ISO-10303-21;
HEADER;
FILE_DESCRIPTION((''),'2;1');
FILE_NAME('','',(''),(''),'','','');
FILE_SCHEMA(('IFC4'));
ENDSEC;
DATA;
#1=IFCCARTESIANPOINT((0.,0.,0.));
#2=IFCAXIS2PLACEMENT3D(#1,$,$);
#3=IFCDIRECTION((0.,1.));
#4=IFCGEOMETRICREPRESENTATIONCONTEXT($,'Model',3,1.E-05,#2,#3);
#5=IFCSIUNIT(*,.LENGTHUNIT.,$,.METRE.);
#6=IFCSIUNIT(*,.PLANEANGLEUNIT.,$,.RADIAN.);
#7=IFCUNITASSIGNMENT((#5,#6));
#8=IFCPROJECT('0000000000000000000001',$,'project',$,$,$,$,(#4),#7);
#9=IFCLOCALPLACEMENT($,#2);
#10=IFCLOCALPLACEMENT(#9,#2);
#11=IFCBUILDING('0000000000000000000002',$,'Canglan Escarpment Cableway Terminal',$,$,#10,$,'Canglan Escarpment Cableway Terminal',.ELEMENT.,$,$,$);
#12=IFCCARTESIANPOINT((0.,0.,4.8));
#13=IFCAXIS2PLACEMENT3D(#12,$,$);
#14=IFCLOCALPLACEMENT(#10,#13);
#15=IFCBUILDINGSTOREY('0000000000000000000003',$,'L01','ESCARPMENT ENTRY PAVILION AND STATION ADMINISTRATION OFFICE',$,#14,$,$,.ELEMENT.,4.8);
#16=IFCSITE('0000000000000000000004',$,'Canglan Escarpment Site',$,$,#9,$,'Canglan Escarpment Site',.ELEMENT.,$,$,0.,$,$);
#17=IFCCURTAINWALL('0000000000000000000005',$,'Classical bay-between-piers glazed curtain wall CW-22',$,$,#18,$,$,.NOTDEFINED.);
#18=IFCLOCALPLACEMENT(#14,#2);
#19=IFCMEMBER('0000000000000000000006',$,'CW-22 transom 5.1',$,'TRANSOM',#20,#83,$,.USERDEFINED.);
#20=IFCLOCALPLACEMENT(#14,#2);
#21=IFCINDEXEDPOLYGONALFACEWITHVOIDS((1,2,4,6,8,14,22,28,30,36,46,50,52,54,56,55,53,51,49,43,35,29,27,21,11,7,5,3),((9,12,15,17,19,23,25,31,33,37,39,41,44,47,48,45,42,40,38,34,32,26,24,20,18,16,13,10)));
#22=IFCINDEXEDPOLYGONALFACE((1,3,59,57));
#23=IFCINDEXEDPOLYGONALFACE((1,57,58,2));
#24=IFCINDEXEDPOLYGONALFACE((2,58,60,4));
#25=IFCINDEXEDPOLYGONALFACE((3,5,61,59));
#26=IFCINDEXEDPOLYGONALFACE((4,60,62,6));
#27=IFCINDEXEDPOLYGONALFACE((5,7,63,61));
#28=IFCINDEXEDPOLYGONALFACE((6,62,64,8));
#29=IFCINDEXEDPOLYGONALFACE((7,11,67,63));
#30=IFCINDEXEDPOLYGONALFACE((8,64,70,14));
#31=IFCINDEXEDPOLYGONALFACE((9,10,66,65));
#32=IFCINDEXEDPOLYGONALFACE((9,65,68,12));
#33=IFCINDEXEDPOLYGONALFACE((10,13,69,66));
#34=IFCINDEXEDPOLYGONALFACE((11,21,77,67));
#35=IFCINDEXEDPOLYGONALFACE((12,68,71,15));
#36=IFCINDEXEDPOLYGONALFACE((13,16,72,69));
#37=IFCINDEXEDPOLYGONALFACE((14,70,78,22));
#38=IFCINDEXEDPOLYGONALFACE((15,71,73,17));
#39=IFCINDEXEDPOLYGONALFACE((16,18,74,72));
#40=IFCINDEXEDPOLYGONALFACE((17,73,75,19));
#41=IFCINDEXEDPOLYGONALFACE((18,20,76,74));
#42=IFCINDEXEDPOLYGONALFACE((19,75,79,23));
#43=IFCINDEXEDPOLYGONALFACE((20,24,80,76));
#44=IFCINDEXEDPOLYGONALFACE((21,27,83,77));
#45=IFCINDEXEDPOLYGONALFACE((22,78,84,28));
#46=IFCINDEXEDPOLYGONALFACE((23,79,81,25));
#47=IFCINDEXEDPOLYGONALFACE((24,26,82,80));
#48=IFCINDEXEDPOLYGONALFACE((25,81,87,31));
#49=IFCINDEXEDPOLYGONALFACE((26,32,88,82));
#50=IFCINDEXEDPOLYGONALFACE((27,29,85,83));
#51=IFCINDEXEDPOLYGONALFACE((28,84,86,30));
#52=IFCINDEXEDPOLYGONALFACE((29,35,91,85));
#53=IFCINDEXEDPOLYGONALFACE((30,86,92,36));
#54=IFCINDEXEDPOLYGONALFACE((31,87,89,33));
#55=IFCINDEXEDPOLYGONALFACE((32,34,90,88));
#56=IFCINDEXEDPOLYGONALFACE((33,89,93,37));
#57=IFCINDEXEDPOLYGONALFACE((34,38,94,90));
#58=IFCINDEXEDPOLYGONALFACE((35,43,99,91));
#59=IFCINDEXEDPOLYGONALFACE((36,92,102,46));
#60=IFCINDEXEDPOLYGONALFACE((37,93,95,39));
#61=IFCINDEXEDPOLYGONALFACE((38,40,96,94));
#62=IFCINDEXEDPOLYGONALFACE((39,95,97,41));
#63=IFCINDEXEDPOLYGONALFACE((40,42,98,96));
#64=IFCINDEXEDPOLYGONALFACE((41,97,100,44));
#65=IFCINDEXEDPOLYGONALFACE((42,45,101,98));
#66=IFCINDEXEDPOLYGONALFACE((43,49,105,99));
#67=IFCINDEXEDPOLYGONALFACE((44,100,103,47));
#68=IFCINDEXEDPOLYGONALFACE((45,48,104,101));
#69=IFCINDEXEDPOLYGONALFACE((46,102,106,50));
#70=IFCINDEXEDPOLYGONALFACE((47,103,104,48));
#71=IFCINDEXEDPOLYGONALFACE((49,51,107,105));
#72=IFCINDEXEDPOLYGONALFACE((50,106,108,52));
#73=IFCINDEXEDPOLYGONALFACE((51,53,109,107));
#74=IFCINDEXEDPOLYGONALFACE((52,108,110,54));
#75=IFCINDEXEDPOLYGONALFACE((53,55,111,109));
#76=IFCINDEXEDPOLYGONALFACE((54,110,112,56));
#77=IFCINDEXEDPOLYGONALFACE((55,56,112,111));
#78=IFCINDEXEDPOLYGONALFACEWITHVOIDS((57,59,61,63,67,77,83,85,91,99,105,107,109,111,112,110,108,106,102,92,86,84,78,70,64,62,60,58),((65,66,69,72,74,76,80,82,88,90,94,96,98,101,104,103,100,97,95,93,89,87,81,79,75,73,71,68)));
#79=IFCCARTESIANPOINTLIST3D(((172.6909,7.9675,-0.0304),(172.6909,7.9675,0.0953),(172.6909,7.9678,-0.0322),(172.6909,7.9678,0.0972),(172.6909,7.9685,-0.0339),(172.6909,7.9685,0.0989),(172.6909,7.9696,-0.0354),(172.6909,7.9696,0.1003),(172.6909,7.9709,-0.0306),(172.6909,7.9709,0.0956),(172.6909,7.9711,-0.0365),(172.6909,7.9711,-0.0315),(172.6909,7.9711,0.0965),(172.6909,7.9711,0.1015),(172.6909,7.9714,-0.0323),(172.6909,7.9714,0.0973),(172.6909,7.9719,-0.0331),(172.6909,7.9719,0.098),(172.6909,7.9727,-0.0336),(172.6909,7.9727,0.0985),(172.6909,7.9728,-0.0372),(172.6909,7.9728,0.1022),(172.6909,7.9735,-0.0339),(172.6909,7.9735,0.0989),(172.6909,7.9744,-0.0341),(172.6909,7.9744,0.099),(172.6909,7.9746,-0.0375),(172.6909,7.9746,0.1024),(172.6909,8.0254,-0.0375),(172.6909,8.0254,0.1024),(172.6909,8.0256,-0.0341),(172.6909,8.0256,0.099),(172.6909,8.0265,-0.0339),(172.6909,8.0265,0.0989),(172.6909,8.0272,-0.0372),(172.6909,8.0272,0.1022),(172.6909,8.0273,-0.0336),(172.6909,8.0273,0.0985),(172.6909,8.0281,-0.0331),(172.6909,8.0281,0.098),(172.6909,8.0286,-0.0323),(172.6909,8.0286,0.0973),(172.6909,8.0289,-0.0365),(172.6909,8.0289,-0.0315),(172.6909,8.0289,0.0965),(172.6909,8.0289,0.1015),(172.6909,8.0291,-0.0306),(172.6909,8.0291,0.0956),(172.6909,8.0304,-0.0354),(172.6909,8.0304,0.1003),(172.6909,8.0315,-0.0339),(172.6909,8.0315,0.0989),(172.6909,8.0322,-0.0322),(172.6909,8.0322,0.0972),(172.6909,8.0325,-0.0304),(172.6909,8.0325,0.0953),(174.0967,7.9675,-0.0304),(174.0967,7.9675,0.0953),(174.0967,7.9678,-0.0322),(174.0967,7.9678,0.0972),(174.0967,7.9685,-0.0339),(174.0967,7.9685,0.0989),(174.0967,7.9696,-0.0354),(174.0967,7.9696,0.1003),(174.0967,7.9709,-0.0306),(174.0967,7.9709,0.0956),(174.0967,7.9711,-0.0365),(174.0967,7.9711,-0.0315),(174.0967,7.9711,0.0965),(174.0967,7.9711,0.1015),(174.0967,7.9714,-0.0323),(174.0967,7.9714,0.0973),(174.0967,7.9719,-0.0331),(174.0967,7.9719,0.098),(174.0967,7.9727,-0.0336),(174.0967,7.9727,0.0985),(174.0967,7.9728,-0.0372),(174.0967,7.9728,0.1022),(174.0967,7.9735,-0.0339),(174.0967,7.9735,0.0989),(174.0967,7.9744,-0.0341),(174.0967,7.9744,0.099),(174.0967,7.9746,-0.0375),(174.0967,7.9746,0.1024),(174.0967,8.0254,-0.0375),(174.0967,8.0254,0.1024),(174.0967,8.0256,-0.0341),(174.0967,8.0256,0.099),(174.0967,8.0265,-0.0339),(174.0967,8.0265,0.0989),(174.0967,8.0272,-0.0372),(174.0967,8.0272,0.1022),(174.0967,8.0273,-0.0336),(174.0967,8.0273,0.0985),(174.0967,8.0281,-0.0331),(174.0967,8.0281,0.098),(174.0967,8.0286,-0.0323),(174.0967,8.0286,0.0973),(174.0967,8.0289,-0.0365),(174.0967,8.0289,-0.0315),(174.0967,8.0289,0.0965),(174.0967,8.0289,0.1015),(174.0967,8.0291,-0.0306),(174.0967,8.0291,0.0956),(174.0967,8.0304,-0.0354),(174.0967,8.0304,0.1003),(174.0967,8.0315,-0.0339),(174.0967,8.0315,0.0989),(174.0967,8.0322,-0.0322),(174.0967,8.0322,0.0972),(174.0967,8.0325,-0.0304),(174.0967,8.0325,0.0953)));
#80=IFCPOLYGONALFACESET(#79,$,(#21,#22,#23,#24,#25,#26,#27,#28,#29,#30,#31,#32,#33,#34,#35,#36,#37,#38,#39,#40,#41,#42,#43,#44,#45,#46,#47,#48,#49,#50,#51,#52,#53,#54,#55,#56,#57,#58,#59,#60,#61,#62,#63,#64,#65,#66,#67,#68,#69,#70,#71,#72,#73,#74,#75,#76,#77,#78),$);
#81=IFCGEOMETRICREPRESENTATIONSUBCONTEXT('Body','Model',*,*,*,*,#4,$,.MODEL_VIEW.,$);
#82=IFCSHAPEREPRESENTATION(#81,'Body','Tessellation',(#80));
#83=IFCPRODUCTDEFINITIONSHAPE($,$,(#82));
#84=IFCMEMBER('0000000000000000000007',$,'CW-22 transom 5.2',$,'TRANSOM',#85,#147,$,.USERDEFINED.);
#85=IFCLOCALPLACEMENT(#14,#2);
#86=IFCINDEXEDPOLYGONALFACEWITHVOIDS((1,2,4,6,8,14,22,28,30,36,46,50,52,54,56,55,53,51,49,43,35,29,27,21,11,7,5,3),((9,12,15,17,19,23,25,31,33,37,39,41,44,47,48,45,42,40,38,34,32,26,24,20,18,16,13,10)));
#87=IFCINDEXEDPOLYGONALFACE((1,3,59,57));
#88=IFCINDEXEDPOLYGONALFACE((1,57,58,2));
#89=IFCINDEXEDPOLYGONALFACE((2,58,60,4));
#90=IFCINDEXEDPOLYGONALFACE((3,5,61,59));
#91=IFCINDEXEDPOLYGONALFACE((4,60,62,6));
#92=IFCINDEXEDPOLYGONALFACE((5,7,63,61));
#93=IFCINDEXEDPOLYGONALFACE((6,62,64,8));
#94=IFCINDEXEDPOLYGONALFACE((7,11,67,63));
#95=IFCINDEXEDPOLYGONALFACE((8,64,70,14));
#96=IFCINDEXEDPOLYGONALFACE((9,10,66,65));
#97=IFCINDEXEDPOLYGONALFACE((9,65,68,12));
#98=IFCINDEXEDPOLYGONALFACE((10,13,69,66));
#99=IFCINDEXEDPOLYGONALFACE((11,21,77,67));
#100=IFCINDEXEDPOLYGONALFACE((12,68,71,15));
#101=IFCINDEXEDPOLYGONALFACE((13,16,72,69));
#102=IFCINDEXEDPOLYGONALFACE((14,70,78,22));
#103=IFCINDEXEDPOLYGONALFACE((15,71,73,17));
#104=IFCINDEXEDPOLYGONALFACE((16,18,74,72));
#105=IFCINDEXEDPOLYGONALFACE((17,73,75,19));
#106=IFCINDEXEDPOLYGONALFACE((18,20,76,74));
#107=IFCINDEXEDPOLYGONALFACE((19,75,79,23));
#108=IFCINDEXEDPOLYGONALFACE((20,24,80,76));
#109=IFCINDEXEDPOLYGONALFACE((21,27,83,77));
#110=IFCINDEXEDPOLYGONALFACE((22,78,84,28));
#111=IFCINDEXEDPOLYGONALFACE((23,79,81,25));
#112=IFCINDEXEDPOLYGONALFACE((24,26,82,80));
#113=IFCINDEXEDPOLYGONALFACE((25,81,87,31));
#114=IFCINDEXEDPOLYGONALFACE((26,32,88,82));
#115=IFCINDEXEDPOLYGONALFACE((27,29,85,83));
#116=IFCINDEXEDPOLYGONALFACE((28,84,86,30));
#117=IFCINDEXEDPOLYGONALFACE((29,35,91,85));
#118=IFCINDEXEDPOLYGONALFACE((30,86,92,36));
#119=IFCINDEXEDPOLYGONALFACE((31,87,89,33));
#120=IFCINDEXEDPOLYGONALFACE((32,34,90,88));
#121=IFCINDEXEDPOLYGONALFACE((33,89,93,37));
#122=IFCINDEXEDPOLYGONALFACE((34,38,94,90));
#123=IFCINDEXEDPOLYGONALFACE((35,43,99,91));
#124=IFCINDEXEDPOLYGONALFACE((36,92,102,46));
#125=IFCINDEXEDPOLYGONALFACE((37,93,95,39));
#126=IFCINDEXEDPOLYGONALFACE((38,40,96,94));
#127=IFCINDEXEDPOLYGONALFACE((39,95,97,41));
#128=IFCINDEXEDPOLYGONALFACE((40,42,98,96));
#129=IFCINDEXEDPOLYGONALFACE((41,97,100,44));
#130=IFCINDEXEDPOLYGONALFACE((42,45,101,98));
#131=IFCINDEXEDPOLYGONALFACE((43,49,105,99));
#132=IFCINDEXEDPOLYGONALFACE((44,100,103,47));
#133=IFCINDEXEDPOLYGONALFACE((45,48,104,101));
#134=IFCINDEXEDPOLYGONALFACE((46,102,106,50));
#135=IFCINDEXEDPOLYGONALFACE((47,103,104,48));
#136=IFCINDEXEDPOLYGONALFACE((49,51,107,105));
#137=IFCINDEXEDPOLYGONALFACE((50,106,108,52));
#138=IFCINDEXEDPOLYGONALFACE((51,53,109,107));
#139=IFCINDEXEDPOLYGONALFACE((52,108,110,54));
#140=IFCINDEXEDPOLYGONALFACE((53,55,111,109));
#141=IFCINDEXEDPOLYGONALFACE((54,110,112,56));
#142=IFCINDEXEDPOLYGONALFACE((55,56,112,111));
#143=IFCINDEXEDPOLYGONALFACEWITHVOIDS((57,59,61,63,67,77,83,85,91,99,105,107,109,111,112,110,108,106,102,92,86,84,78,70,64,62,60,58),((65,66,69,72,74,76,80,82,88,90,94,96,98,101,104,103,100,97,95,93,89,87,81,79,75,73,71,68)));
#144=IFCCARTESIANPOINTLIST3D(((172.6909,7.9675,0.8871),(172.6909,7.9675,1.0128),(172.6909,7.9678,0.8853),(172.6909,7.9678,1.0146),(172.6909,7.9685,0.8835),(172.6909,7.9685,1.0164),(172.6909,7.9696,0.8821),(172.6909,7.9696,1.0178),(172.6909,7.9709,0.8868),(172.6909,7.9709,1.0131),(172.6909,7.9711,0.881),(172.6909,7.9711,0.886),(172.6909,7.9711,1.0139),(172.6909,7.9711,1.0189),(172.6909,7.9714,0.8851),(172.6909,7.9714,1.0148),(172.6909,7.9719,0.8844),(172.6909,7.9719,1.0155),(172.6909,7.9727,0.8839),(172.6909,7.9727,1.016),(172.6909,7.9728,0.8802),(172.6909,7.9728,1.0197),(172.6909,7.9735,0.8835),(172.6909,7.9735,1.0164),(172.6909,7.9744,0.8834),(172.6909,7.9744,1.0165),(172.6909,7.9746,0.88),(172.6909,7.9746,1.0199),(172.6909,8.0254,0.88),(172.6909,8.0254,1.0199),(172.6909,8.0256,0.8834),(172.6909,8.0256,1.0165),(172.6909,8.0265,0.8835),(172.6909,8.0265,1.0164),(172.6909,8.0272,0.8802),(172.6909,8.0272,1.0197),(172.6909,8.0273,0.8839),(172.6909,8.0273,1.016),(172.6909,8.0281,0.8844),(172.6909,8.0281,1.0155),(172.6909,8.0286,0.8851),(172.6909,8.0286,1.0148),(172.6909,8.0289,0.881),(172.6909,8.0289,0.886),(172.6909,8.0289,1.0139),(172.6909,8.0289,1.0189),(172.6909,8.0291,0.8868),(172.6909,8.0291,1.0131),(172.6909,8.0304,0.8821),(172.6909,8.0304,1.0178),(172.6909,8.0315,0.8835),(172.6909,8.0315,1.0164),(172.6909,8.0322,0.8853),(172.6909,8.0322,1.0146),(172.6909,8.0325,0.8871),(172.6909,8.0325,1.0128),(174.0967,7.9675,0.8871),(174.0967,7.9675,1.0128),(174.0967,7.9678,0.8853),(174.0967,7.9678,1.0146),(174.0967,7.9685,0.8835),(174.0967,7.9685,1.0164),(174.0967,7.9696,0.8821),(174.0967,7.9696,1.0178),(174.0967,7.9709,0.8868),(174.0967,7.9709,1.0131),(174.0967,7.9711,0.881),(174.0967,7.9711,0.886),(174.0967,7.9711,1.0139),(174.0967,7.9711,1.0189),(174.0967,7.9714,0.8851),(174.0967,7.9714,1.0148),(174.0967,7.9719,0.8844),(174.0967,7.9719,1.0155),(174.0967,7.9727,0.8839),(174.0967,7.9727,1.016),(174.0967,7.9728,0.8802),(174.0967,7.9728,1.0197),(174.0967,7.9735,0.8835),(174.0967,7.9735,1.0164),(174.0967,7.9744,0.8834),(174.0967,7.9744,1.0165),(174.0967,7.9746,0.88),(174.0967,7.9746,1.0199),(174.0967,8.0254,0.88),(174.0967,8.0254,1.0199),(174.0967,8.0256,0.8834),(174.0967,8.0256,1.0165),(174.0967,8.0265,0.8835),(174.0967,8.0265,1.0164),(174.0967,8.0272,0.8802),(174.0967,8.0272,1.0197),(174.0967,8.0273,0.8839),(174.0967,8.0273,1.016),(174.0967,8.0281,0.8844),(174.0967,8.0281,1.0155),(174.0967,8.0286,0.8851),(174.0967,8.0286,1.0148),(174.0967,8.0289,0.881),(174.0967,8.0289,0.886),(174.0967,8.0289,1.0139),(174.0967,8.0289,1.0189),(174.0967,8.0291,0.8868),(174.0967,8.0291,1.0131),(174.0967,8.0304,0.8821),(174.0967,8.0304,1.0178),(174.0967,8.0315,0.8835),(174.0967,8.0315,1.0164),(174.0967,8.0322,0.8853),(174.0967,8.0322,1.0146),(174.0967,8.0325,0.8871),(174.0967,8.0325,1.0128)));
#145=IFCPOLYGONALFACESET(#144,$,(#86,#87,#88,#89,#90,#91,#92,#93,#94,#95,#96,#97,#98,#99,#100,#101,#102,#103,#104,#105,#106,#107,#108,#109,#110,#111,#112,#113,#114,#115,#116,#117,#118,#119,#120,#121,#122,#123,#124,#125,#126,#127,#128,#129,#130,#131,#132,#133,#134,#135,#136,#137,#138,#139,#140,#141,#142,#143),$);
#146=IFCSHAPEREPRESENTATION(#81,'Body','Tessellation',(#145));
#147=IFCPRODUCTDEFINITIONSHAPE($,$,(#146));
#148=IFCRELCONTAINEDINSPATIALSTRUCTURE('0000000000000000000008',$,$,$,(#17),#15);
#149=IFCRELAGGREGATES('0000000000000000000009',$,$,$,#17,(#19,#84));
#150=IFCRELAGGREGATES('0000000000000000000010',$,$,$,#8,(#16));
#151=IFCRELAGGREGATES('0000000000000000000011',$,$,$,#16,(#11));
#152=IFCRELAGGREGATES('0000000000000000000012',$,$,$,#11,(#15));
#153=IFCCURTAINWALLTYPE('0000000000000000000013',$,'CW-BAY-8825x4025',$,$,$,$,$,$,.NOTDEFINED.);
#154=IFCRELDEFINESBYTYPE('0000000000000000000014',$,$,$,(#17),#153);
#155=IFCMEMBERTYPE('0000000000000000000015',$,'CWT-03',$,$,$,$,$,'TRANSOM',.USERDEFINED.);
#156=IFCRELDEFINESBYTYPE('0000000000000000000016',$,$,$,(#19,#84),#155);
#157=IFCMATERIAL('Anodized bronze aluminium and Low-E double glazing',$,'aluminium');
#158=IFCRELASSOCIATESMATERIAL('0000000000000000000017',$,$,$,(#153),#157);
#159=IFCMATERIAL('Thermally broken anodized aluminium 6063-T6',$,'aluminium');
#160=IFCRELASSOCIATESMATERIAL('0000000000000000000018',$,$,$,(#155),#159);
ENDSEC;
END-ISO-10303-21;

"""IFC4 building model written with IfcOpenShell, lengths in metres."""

from ifc_helpers import new_model, si_unit, direction, frame, origin, origin_2d, place, context, subcontext, project, spatial, hollow_rectangle, extrude, material, material_profile, profile_set, type_object, element, aggregate, save


model = new_model("IFC4")

# Units and contexts
model_context = context("Model", 3, precision=1e-05, world=origin(), true_north=direction((0.0, 1.0)))
body_context = subcontext(model_context, "Body", "Model", "MODEL_VIEW")
ifc_project = project(units=[si_unit("LENGTHUNIT", "METRE"), si_unit("PLANEANGLEUNIT", "RADIAN")], contexts=[model_context])

# Site, building, storey
site_placement = place(None, origin())
site = spatial("IfcSite", under=ifc_project, at=site_placement, Name="Canglan Escarpment Site", LongName="Canglan Escarpment Site", CompositionType="ELEMENT", RefElevation=0.0)
building_placement = place(site_placement, origin())
building = spatial("IfcBuilding", under=site, at=building_placement, Name="Canglan Escarpment Cableway Terminal", LongName="Canglan Escarpment Cableway Terminal", CompositionType="ELEMENT")
storey_placement = place(building_placement, frame((0.0, 0.0, 4.8)))
storey = spatial("IfcBuildingStorey", under=building, at=storey_placement, Name="L01", Description="ESCARPMENT ENTRY PAVILION AND STATION ADMINISTRATION OFFICE", CompositionType="ELEMENT", Elevation=4.8)

# Curtain wall, members
ifc_material_1 = material(Name="Anodized bronze aluminium and Low-E double glazing", Category="aluminium")
curtain_wall_type = type_object("IfcCurtainWallType", Name="CW-BAY-8825x4025", PredefinedType="NOTDEFINED", material=ifc_material_1)
curtain_wall_placement = place(storey_placement, origin())
curtain_wall = element("IfcCurtainWall", 1, at=curtain_wall_placement, inside=storey, type_object=curtain_wall_type, Name="Classical bay-between-piers glazed curtain wall CW-22", PredefinedType="NOTDEFINED")
ifc_material_2 = material(Name="Thermally broken anodized aluminium 6063-T6", Category="aluminium")
ifc_material_profile_1 = material_profile(ifc_material_2, hollow_rectangle(XDim=0.0649, YDim=0.1399, WallThickness=0.0034, InnerFilletRadius=0.0034, OuterFilletRadius=0.0071, at=origin_2d()), Name="ALU-TRAN 65x140x3.5")
ifc_profile_set_1 = profile_set([ifc_material_profile_1], Name="Thermally broken anodized aluminium 6063-T6")
member_type_1 = type_object("IfcMemberType", Name="CWT-03", ElementType="TRANSOM", PredefinedType="USERDEFINED", material=ifc_profile_set_1)
member_1_placement = place(storey_placement, frame((172.6909, 8.0, 0.0325), z_axis=(1.0, 0.0, 0.0), x_axis=(0.0, 1.0, 0.0)))
member_1 = element("IfcMember", 2, at=member_1_placement, type_object=member_type_1, Name="CW-22 transom 5.1", ObjectType="TRANSOM", PredefinedType="USERDEFINED", context=body_context, shape_type="SweptSolid", body=[
    extrude(hollow_rectangle(XDim=0.0649, YDim=0.1399, WallThickness=0.0034, InnerFilletRadius=0.0034, OuterFilletRadius=0.0071, at=origin_2d()), origin(), (0.0, 0.0, 1.0), 1.4058),
])
member_2_placement = place(storey_placement, frame((172.6909, 8.0, 0.95), z_axis=(1.0, 0.0, 0.0), x_axis=(0.0, 1.0, 0.0)))
member_2 = element("IfcMember", 3, at=member_2_placement, type_object=member_type_1, Name="CW-22 transom 5.2", ObjectType="TRANSOM", PredefinedType="USERDEFINED", context=body_context, shape_type="SweptSolid", body=[
    extrude(hollow_rectangle(XDim=0.0649, YDim=0.1399, WallThickness=0.0034, InnerFilletRadius=0.0034, OuterFilletRadius=0.0071, at=origin_2d()), origin(), (0.0, 0.0, 1.0), 1.4058),
])
aggregate(curtain_wall, [member_1, member_2])

save(model, "model.ifc")
